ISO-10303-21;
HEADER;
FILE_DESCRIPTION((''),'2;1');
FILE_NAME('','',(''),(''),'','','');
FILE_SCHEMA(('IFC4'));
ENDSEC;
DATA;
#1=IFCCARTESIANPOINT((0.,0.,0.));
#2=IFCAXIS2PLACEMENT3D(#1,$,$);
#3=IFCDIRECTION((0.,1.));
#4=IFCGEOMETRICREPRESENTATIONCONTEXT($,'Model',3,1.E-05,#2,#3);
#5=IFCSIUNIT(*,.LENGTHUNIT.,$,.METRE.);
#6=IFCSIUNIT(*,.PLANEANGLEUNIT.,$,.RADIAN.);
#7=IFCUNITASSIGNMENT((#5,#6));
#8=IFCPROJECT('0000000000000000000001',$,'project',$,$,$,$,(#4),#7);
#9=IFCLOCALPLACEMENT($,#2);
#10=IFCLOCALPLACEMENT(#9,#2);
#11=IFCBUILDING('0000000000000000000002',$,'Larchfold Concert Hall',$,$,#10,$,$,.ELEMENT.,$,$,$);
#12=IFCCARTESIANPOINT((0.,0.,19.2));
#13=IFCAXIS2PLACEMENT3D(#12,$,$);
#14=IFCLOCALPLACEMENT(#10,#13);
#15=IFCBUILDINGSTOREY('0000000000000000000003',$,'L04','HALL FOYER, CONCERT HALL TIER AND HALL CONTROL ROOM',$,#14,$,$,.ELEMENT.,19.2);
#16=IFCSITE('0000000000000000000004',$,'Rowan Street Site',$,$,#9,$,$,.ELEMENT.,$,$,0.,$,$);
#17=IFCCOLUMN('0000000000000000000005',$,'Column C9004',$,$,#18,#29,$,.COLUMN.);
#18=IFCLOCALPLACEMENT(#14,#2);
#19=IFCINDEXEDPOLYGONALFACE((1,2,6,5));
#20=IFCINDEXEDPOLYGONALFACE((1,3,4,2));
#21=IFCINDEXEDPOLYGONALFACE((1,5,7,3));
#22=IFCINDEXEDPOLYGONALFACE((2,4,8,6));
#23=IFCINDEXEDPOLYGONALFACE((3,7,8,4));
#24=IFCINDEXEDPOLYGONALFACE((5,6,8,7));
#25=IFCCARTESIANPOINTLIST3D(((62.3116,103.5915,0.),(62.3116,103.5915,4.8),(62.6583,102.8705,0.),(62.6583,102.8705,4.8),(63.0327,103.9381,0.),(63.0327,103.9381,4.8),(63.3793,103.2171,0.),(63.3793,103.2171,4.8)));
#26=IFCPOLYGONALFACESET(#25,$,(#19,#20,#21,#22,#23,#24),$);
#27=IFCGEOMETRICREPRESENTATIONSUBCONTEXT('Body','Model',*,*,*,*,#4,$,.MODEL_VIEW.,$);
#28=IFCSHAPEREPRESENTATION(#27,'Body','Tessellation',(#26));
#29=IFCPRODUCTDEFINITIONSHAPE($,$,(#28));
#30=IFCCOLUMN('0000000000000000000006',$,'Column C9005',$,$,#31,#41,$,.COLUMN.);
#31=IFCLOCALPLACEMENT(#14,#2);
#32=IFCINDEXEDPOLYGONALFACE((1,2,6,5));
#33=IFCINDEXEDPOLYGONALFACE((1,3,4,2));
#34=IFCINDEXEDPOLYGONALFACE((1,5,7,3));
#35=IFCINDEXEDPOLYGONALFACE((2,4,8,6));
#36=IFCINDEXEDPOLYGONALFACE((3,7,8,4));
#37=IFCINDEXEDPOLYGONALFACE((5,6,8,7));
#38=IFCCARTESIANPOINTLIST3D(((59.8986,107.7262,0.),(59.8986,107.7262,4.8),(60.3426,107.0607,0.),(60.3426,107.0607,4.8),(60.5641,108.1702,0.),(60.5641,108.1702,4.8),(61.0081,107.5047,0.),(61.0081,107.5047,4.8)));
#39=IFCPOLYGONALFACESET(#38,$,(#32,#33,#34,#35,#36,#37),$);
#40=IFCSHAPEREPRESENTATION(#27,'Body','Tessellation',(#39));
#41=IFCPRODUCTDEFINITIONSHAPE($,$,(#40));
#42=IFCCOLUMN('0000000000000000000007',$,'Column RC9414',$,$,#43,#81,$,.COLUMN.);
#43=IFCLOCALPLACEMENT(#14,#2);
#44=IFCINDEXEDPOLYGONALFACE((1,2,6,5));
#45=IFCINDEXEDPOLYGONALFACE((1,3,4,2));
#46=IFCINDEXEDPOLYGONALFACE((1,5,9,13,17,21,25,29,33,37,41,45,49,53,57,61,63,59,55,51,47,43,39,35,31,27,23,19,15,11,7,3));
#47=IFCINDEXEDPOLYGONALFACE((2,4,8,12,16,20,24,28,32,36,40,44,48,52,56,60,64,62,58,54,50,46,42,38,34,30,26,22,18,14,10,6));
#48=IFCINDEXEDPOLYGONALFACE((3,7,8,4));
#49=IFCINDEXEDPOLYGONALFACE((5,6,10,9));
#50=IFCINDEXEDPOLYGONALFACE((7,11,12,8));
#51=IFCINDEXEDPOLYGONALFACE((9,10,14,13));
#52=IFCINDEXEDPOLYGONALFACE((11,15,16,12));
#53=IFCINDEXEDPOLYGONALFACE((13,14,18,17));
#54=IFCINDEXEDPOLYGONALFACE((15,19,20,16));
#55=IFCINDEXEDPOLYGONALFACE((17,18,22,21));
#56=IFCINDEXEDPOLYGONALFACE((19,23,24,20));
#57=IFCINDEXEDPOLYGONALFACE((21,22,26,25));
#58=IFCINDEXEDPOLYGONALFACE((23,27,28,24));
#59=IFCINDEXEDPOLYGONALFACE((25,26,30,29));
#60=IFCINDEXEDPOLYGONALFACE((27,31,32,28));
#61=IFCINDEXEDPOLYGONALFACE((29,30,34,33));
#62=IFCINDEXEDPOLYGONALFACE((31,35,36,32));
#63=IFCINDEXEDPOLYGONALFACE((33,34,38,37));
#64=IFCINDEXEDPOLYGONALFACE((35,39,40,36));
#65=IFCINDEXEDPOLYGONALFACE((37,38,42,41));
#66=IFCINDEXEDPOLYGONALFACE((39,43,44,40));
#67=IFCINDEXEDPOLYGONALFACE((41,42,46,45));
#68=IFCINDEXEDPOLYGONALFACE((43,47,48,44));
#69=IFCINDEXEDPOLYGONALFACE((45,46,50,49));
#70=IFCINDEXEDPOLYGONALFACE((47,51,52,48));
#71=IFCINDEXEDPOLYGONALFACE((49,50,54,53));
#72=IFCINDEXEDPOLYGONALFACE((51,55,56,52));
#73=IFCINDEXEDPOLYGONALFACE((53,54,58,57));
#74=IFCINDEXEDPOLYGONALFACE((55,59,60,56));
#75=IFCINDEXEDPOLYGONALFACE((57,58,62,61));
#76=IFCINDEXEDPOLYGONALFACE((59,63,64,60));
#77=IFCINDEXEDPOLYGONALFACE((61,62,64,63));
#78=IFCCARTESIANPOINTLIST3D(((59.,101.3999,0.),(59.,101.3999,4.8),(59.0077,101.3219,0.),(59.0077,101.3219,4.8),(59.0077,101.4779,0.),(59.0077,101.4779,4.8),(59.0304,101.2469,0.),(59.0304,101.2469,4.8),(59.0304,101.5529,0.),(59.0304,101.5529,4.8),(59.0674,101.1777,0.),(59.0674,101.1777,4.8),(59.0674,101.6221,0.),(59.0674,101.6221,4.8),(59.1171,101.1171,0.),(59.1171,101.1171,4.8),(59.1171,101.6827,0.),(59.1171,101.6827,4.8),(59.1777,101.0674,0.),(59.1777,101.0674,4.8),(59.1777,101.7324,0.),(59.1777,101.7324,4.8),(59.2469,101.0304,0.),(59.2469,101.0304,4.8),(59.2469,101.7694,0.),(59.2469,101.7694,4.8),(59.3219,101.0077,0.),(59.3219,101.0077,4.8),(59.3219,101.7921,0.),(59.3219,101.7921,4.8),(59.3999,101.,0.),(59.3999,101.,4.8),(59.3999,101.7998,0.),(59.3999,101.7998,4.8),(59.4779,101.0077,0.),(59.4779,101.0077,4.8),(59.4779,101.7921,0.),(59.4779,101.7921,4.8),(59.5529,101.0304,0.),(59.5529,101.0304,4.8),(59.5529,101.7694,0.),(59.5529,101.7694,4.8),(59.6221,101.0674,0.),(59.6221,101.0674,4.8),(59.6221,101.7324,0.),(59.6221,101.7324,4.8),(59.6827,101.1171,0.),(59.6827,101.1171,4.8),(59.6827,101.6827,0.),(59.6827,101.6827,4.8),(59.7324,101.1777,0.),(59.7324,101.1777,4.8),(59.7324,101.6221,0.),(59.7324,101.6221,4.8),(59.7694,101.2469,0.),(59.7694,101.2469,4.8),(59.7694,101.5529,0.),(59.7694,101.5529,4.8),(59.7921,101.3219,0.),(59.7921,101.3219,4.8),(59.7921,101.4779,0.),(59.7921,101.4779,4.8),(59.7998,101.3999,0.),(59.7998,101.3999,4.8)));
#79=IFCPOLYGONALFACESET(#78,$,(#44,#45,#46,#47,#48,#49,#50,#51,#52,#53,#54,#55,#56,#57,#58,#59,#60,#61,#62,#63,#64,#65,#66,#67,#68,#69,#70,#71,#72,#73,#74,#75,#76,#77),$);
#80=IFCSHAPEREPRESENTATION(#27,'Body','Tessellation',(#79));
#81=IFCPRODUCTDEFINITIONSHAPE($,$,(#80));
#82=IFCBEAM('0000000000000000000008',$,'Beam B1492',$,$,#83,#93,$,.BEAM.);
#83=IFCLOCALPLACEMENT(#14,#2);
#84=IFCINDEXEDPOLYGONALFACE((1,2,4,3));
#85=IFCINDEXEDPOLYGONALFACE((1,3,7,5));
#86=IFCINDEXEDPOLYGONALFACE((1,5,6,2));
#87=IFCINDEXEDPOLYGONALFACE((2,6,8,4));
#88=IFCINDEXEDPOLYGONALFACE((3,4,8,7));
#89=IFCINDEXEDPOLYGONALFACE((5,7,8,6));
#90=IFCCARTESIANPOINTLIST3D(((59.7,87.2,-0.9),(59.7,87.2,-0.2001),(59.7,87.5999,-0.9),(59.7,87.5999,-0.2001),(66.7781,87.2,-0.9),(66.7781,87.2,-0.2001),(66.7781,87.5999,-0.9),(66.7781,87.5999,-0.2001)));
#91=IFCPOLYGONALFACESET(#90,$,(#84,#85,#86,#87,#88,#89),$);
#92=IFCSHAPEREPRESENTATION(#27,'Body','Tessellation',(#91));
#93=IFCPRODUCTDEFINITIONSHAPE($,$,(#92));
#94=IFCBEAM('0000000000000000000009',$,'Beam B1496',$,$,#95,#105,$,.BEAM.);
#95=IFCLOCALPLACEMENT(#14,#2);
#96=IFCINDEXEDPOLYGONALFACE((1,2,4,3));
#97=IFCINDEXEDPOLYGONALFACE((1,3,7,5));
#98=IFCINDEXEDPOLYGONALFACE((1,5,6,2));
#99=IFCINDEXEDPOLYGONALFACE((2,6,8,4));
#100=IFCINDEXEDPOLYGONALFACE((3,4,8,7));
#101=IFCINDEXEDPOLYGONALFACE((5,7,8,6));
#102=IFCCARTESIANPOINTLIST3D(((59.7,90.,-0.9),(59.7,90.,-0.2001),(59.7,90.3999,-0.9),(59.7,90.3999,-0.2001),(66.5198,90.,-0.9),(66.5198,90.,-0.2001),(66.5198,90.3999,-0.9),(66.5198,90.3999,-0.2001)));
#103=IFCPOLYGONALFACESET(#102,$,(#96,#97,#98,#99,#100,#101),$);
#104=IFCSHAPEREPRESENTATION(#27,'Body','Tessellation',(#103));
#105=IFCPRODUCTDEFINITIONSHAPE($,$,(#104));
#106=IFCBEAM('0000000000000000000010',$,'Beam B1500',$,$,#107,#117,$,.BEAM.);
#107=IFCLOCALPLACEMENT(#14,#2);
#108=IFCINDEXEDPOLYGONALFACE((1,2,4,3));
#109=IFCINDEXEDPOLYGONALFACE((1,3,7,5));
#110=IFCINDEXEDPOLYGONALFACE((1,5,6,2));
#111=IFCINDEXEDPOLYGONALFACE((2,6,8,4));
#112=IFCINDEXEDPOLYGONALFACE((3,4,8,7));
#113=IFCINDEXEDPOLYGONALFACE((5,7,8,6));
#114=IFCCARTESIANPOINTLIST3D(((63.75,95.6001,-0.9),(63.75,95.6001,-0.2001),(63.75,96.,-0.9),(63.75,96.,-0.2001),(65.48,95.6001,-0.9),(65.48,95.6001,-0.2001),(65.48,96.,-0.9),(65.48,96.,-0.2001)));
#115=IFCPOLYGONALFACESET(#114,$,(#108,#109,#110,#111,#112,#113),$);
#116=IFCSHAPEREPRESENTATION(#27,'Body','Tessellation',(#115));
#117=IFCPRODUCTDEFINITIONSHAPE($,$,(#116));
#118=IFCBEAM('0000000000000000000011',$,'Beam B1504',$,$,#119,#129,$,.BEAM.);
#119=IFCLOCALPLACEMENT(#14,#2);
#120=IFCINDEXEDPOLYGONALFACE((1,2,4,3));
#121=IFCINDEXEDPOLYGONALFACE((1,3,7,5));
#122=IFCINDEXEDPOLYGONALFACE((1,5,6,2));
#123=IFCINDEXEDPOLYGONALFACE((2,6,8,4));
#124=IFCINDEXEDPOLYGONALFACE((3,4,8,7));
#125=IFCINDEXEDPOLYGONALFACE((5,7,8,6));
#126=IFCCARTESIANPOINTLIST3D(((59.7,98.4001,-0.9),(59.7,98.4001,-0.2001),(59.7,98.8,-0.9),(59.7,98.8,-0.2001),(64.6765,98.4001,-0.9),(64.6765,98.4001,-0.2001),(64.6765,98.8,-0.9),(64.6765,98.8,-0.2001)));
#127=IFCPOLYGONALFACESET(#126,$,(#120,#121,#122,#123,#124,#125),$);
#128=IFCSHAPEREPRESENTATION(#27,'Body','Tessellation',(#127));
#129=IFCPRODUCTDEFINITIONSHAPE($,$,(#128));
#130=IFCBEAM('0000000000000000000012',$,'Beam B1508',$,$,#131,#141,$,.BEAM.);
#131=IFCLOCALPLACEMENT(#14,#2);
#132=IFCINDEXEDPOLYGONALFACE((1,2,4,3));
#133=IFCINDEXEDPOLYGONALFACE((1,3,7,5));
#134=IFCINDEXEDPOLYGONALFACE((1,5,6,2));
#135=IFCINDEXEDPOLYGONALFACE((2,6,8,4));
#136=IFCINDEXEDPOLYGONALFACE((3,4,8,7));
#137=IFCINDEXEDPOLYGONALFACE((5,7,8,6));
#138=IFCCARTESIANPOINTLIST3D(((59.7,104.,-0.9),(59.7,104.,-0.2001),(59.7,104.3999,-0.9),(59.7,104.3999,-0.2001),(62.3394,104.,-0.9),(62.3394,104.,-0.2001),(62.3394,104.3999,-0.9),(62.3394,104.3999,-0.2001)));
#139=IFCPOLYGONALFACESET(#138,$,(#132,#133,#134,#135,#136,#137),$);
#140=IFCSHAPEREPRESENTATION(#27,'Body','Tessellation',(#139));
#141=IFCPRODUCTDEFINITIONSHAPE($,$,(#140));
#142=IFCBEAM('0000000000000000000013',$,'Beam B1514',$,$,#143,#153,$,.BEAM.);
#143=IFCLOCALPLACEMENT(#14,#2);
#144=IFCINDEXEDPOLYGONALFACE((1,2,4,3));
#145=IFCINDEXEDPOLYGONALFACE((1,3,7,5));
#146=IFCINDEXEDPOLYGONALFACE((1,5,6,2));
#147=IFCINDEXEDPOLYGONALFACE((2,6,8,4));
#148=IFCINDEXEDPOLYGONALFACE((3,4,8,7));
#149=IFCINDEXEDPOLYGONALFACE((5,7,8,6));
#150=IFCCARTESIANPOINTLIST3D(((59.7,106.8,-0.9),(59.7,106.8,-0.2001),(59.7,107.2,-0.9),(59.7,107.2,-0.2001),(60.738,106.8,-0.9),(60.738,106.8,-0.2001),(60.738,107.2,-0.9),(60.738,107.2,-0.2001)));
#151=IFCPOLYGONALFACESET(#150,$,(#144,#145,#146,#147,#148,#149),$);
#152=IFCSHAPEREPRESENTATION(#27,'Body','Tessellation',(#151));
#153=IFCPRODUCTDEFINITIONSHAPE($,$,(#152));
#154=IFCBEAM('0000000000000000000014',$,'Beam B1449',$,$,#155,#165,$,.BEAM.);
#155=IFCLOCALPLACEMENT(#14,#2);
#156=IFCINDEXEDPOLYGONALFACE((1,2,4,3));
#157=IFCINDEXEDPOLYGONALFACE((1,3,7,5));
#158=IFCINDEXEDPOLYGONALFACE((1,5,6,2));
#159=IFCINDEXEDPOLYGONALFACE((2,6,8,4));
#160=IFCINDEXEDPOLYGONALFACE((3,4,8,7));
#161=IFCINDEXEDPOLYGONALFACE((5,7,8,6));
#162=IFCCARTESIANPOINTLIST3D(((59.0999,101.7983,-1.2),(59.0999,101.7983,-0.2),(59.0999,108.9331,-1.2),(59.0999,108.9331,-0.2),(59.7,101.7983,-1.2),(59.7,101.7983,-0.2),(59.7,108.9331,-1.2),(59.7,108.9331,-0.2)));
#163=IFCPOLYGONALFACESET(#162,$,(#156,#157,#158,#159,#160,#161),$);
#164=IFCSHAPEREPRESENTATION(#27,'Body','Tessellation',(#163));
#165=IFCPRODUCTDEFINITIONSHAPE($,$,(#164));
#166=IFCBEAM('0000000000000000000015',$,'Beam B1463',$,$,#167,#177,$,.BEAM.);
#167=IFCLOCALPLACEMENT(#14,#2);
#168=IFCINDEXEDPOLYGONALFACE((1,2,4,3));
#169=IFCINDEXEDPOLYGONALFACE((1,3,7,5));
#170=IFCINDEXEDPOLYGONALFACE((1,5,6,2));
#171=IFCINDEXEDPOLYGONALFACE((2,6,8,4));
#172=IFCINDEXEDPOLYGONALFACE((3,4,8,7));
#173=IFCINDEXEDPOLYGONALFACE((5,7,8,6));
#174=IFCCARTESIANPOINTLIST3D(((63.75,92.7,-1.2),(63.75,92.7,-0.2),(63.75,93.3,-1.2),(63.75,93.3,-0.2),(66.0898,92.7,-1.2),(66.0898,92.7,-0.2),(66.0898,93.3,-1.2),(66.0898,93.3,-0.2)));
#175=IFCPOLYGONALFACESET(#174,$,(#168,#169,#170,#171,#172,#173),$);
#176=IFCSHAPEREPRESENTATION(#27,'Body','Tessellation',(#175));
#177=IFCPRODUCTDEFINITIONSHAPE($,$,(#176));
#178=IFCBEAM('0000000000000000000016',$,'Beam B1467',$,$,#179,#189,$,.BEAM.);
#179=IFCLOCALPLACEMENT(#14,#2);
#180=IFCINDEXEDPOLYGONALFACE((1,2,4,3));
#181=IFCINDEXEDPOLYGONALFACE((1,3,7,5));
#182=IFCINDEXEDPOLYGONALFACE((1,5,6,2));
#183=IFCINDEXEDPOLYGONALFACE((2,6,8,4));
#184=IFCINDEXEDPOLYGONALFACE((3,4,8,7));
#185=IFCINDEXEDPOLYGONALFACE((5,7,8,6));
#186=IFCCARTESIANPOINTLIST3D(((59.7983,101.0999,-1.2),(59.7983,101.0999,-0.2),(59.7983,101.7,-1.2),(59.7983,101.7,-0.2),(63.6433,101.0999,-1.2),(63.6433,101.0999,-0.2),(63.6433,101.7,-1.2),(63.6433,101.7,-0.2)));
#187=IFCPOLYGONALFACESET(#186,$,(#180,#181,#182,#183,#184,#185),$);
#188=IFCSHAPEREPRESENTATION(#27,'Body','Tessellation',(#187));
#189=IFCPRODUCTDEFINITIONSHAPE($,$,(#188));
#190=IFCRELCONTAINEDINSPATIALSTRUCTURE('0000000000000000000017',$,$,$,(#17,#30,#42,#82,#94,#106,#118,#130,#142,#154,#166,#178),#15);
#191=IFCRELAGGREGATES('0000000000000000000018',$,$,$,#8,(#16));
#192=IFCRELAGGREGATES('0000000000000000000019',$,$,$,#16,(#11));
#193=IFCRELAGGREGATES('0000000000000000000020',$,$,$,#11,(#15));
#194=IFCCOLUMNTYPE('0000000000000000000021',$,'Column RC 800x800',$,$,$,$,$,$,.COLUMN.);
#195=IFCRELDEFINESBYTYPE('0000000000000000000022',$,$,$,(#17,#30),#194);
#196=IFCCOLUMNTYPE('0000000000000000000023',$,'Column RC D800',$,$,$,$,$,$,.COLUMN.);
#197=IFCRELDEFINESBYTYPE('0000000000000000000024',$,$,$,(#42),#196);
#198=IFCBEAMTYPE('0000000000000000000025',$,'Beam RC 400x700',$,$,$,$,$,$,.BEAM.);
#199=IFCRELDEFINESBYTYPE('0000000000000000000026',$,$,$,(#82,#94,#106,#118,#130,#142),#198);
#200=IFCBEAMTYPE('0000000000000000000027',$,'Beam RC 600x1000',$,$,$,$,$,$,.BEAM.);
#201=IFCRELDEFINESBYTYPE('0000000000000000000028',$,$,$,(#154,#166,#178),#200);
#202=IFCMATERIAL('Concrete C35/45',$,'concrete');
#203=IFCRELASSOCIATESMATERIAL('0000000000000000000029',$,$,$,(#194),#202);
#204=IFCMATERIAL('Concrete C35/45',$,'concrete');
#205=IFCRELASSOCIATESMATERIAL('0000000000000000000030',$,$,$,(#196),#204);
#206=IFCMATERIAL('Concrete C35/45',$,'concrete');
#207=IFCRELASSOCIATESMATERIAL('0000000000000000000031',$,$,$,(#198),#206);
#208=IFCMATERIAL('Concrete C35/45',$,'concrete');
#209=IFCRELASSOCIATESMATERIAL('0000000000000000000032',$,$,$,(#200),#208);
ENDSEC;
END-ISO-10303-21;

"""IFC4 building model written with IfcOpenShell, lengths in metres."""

from ifc_helpers import new_model, si_unit, direction, frame, origin, origin_2d, place, context, subcontext, project, spatial, rectangle, circle, extrude, material, material_profile, profile_set, type_object, element, save


model = new_model("IFC4")

# Units and contexts
model_context = context("Model", 3, precision=1e-05, world=origin(), true_north=direction((0.0, 1.0)))
body_context = subcontext(model_context, "Body", "Model", "MODEL_VIEW")
ifc_project = project(units=[si_unit("LENGTHUNIT", "METRE"), si_unit("PLANEANGLEUNIT", "RADIAN")], contexts=[model_context])

# Site, building, storey
site_placement = place(None, origin())
site = spatial("IfcSite", under=ifc_project, at=site_placement, Name="Rowan Street Site", CompositionType="ELEMENT", RefElevation=0.0)
building_placement = place(site_placement, origin())
building = spatial("IfcBuilding", under=site, at=building_placement, Name="Larchfold Concert Hall", CompositionType="ELEMENT")
storey_placement = place(building_placement, frame((0.0, 0.0, 19.2)))
storey = spatial("IfcBuildingStorey", under=building, at=storey_placement, Name="L04", Description="HALL FOYER, CONCERT HALL TIER AND HALL CONTROL ROOM", CompositionType="ELEMENT", Elevation=19.2)

# Columns
ifc_material_1 = material(Name="Concrete C35/45", Category="concrete")
ifc_material_profile_1 = material_profile(ifc_material_1, rectangle(XDim=0.8, YDim=0.8, at=origin_2d()))
ifc_profile_set_1 = profile_set([ifc_material_profile_1], Name="Concrete C35/45")
column_type_1 = type_object("IfcColumnType", Name="Column RC 800x800", PredefinedType="COLUMN", material=ifc_profile_set_1)
for number, where, z_axis, x_axis, name in (
    (1, (62.8455, 103.4043, 0.0), (0.0, 0.0, 1.0), (0.901263, 0.433272, 0.0), "Column C9004"),
    (2, (60.4534, 107.6155, 0.0), (0.0, 0.0, 1.0), (0.831868, 0.554974, 0.0), "Column C9005"),
):
    element("IfcColumn", number, at=place(storey_placement, frame(where, z_axis=z_axis, x_axis=x_axis)), inside=storey, type_object=column_type_1, Name=name, PredefinedType="COLUMN", context=body_context, shape_type="SweptSolid", body=[
        extrude(rectangle(XDim=0.8, YDim=0.8, at=origin_2d()), origin(), (0.0, 0.0, 1.0), 4.8),
    ])
ifc_material_2 = material(Name="Concrete C35/45", Category="concrete")
ifc_material_profile_2 = material_profile(ifc_material_2, circle(Radius=0.3999, at=origin_2d()))
ifc_profile_set_2 = profile_set([ifc_material_profile_2], Name="Concrete C35/45")
column_type_2 = type_object("IfcColumnType", Name="Column RC D800", PredefinedType="COLUMN", material=ifc_profile_set_2)
column_placement = place(storey_placement, frame((59.3999, 101.3999, 0.0), z_axis=(0.0, 0.0, 1.0), x_axis=(1.0, 0.0, 0.0)))
element("IfcColumn", 3, at=column_placement, inside=storey, type_object=column_type_2, Name="Column RC9414", PredefinedType="COLUMN", context=body_context, shape_type="SweptSolid", body=[
    extrude(circle(Radius=0.3999, at=origin_2d()), origin(), (0.0, 0.0, 1.0), 4.8),
])

# Beams
ifc_material_3 = material(Name="Concrete C35/45", Category="concrete")
ifc_material_profile_3 = material_profile(ifc_material_3, rectangle(XDim=0.3999, YDim=0.7, at=origin_2d()))
ifc_profile_set_3 = profile_set([ifc_material_profile_3], Name="Concrete C35/45")
beam_type_1 = type_object("IfcBeamType", Name="Beam RC 400x700", PredefinedType="BEAM", material=ifc_profile_set_3)
beam_1_placement = place(storey_placement, frame((59.7, 87.3999, -0.55), z_axis=(1.0, 0.0, 0.0), x_axis=(0.0, 1.0, 0.0)))
element("IfcBeam", 4, at=beam_1_placement, inside=storey, type_object=beam_type_1, Name="Beam B1492", PredefinedType="BEAM", context=body_context, shape_type="SweptSolid", body=[
    extrude(rectangle(XDim=0.3999, YDim=0.7, at=origin_2d()), origin(), (0.0, 0.0, 1.0), 7.0781),
])
beam_2_placement = place(storey_placement, frame((59.7, 90.2, -0.55), z_axis=(1.0, 0.0, 0.0), x_axis=(0.0, 1.0, 0.0)))
element("IfcBeam", 5, at=beam_2_placement, inside=storey, type_object=beam_type_1, Name="Beam B1496", PredefinedType="BEAM", context=body_context, shape_type="SweptSolid", body=[
    extrude(rectangle(XDim=0.3999, YDim=0.7, at=origin_2d()), origin(), (0.0, 0.0, 1.0), 6.8198),
])
beam_3_placement = place(storey_placement, frame((63.75, 95.8, -0.55), z_axis=(1.0, 0.0, 0.0), x_axis=(0.0, 1.0, 0.0)))
element("IfcBeam", 6, at=beam_3_placement, inside=storey, type_object=beam_type_1, Name="Beam B1500", PredefinedType="BEAM", context=body_context, shape_type="SweptSolid", body=[
    extrude(rectangle(XDim=0.3999, YDim=0.7, at=origin_2d()), origin(), (0.0, 0.0, 1.0), 1.73),
])
beam_4_placement = place(storey_placement, frame((59.7, 98.6001, -0.55), z_axis=(1.0, 0.0, 0.0), x_axis=(0.0, 1.0, 0.0)))
element("IfcBeam", 7, at=beam_4_placement, inside=storey, type_object=beam_type_1, Name="Beam B1504", PredefinedType="BEAM", context=body_context, shape_type="SweptSolid", body=[
    extrude(rectangle(XDim=0.3999, YDim=0.7, at=origin_2d()), origin(), (0.0, 0.0, 1.0), 4.9766),
])
beam_5_placement = place(storey_placement, frame((59.7, 104.2, -0.55), z_axis=(1.0, 0.0, 0.0), x_axis=(0.0, 1.0, 0.0)))
element("IfcBeam", 8, at=beam_5_placement, inside=storey, type_object=beam_type_1, Name="Beam B1508", PredefinedType="BEAM", context=body_context, shape_type="SweptSolid", body=[
    extrude(rectangle(XDim=0.3999, YDim=0.7, at=origin_2d()), origin(), (0.0, 0.0, 1.0), 2.6394),
])
beam_6_placement = place(storey_placement, frame((59.7, 107.0, -0.55), z_axis=(1.0, 0.0, 0.0), x_axis=(0.0, 1.0, 0.0)))
element("IfcBeam", 9, at=beam_6_placement, inside=storey, type_object=beam_type_1, Name="Beam B1514", PredefinedType="BEAM", context=body_context, shape_type="SweptSolid", body=[
    extrude(rectangle(XDim=0.3999, YDim=0.7, at=origin_2d()), origin(), (0.0, 0.0, 1.0), 1.0381),
])
ifc_material_4 = material(Name="Concrete C35/45", Category="concrete")
ifc_material_profile_4 = material_profile(ifc_material_4, rectangle(XDim=0.6001, YDim=1.0, at=origin_2d()))
ifc_profile_set_4 = profile_set([ifc_material_profile_4], Name="Concrete C35/45")
beam_type_2 = type_object("IfcBeamType", Name="Beam RC 600x1000", PredefinedType="BEAM", material=ifc_profile_set_4)
beam_7_placement = place(storey_placement, frame((59.3999, 101.7983, -0.7), z_axis=(0.0, 1.0, 0.0), x_axis=(-1.0, 0.0, 0.0)))
element("IfcBeam", 10, at=beam_7_placement, inside=storey, type_object=beam_type_2, Name="Beam B1449", PredefinedType="BEAM", context=body_context, shape_type="SweptSolid", body=[
    extrude(rectangle(XDim=0.6001, YDim=1.0, at=origin_2d()), origin(), (0.0, 0.0, 1.0), 7.1348),
])
beam_8_placement = place(storey_placement, frame((63.75, 93.0, -0.7), z_axis=(1.0, 0.0, 0.0), x_axis=(0.0, 1.0, 0.0)))
element("IfcBeam", 11, at=beam_8_placement, inside=storey, type_object=beam_type_2, Name="Beam B1463", PredefinedType="BEAM", context=body_context, shape_type="SweptSolid", body=[
    extrude(rectangle(XDim=0.6001, YDim=1.0, at=origin_2d()), origin(), (0.0, 0.0, 1.0), 2.3398),
])
beam_9_placement = place(storey_placement, frame((59.7983, 101.3999, -0.7), z_axis=(1.0, 0.0, 0.0), x_axis=(0.0, 1.0, 0.0)))
element("IfcBeam", 12, at=beam_9_placement, inside=storey, type_object=beam_type_2, Name="Beam B1467", PredefinedType="BEAM", context=body_context, shape_type="SweptSolid", body=[
    extrude(rectangle(XDim=0.6001, YDim=1.0, at=origin_2d()), origin(), (0.0, 0.0, 1.0), 3.845),
])

save(model, "model.ifc")
